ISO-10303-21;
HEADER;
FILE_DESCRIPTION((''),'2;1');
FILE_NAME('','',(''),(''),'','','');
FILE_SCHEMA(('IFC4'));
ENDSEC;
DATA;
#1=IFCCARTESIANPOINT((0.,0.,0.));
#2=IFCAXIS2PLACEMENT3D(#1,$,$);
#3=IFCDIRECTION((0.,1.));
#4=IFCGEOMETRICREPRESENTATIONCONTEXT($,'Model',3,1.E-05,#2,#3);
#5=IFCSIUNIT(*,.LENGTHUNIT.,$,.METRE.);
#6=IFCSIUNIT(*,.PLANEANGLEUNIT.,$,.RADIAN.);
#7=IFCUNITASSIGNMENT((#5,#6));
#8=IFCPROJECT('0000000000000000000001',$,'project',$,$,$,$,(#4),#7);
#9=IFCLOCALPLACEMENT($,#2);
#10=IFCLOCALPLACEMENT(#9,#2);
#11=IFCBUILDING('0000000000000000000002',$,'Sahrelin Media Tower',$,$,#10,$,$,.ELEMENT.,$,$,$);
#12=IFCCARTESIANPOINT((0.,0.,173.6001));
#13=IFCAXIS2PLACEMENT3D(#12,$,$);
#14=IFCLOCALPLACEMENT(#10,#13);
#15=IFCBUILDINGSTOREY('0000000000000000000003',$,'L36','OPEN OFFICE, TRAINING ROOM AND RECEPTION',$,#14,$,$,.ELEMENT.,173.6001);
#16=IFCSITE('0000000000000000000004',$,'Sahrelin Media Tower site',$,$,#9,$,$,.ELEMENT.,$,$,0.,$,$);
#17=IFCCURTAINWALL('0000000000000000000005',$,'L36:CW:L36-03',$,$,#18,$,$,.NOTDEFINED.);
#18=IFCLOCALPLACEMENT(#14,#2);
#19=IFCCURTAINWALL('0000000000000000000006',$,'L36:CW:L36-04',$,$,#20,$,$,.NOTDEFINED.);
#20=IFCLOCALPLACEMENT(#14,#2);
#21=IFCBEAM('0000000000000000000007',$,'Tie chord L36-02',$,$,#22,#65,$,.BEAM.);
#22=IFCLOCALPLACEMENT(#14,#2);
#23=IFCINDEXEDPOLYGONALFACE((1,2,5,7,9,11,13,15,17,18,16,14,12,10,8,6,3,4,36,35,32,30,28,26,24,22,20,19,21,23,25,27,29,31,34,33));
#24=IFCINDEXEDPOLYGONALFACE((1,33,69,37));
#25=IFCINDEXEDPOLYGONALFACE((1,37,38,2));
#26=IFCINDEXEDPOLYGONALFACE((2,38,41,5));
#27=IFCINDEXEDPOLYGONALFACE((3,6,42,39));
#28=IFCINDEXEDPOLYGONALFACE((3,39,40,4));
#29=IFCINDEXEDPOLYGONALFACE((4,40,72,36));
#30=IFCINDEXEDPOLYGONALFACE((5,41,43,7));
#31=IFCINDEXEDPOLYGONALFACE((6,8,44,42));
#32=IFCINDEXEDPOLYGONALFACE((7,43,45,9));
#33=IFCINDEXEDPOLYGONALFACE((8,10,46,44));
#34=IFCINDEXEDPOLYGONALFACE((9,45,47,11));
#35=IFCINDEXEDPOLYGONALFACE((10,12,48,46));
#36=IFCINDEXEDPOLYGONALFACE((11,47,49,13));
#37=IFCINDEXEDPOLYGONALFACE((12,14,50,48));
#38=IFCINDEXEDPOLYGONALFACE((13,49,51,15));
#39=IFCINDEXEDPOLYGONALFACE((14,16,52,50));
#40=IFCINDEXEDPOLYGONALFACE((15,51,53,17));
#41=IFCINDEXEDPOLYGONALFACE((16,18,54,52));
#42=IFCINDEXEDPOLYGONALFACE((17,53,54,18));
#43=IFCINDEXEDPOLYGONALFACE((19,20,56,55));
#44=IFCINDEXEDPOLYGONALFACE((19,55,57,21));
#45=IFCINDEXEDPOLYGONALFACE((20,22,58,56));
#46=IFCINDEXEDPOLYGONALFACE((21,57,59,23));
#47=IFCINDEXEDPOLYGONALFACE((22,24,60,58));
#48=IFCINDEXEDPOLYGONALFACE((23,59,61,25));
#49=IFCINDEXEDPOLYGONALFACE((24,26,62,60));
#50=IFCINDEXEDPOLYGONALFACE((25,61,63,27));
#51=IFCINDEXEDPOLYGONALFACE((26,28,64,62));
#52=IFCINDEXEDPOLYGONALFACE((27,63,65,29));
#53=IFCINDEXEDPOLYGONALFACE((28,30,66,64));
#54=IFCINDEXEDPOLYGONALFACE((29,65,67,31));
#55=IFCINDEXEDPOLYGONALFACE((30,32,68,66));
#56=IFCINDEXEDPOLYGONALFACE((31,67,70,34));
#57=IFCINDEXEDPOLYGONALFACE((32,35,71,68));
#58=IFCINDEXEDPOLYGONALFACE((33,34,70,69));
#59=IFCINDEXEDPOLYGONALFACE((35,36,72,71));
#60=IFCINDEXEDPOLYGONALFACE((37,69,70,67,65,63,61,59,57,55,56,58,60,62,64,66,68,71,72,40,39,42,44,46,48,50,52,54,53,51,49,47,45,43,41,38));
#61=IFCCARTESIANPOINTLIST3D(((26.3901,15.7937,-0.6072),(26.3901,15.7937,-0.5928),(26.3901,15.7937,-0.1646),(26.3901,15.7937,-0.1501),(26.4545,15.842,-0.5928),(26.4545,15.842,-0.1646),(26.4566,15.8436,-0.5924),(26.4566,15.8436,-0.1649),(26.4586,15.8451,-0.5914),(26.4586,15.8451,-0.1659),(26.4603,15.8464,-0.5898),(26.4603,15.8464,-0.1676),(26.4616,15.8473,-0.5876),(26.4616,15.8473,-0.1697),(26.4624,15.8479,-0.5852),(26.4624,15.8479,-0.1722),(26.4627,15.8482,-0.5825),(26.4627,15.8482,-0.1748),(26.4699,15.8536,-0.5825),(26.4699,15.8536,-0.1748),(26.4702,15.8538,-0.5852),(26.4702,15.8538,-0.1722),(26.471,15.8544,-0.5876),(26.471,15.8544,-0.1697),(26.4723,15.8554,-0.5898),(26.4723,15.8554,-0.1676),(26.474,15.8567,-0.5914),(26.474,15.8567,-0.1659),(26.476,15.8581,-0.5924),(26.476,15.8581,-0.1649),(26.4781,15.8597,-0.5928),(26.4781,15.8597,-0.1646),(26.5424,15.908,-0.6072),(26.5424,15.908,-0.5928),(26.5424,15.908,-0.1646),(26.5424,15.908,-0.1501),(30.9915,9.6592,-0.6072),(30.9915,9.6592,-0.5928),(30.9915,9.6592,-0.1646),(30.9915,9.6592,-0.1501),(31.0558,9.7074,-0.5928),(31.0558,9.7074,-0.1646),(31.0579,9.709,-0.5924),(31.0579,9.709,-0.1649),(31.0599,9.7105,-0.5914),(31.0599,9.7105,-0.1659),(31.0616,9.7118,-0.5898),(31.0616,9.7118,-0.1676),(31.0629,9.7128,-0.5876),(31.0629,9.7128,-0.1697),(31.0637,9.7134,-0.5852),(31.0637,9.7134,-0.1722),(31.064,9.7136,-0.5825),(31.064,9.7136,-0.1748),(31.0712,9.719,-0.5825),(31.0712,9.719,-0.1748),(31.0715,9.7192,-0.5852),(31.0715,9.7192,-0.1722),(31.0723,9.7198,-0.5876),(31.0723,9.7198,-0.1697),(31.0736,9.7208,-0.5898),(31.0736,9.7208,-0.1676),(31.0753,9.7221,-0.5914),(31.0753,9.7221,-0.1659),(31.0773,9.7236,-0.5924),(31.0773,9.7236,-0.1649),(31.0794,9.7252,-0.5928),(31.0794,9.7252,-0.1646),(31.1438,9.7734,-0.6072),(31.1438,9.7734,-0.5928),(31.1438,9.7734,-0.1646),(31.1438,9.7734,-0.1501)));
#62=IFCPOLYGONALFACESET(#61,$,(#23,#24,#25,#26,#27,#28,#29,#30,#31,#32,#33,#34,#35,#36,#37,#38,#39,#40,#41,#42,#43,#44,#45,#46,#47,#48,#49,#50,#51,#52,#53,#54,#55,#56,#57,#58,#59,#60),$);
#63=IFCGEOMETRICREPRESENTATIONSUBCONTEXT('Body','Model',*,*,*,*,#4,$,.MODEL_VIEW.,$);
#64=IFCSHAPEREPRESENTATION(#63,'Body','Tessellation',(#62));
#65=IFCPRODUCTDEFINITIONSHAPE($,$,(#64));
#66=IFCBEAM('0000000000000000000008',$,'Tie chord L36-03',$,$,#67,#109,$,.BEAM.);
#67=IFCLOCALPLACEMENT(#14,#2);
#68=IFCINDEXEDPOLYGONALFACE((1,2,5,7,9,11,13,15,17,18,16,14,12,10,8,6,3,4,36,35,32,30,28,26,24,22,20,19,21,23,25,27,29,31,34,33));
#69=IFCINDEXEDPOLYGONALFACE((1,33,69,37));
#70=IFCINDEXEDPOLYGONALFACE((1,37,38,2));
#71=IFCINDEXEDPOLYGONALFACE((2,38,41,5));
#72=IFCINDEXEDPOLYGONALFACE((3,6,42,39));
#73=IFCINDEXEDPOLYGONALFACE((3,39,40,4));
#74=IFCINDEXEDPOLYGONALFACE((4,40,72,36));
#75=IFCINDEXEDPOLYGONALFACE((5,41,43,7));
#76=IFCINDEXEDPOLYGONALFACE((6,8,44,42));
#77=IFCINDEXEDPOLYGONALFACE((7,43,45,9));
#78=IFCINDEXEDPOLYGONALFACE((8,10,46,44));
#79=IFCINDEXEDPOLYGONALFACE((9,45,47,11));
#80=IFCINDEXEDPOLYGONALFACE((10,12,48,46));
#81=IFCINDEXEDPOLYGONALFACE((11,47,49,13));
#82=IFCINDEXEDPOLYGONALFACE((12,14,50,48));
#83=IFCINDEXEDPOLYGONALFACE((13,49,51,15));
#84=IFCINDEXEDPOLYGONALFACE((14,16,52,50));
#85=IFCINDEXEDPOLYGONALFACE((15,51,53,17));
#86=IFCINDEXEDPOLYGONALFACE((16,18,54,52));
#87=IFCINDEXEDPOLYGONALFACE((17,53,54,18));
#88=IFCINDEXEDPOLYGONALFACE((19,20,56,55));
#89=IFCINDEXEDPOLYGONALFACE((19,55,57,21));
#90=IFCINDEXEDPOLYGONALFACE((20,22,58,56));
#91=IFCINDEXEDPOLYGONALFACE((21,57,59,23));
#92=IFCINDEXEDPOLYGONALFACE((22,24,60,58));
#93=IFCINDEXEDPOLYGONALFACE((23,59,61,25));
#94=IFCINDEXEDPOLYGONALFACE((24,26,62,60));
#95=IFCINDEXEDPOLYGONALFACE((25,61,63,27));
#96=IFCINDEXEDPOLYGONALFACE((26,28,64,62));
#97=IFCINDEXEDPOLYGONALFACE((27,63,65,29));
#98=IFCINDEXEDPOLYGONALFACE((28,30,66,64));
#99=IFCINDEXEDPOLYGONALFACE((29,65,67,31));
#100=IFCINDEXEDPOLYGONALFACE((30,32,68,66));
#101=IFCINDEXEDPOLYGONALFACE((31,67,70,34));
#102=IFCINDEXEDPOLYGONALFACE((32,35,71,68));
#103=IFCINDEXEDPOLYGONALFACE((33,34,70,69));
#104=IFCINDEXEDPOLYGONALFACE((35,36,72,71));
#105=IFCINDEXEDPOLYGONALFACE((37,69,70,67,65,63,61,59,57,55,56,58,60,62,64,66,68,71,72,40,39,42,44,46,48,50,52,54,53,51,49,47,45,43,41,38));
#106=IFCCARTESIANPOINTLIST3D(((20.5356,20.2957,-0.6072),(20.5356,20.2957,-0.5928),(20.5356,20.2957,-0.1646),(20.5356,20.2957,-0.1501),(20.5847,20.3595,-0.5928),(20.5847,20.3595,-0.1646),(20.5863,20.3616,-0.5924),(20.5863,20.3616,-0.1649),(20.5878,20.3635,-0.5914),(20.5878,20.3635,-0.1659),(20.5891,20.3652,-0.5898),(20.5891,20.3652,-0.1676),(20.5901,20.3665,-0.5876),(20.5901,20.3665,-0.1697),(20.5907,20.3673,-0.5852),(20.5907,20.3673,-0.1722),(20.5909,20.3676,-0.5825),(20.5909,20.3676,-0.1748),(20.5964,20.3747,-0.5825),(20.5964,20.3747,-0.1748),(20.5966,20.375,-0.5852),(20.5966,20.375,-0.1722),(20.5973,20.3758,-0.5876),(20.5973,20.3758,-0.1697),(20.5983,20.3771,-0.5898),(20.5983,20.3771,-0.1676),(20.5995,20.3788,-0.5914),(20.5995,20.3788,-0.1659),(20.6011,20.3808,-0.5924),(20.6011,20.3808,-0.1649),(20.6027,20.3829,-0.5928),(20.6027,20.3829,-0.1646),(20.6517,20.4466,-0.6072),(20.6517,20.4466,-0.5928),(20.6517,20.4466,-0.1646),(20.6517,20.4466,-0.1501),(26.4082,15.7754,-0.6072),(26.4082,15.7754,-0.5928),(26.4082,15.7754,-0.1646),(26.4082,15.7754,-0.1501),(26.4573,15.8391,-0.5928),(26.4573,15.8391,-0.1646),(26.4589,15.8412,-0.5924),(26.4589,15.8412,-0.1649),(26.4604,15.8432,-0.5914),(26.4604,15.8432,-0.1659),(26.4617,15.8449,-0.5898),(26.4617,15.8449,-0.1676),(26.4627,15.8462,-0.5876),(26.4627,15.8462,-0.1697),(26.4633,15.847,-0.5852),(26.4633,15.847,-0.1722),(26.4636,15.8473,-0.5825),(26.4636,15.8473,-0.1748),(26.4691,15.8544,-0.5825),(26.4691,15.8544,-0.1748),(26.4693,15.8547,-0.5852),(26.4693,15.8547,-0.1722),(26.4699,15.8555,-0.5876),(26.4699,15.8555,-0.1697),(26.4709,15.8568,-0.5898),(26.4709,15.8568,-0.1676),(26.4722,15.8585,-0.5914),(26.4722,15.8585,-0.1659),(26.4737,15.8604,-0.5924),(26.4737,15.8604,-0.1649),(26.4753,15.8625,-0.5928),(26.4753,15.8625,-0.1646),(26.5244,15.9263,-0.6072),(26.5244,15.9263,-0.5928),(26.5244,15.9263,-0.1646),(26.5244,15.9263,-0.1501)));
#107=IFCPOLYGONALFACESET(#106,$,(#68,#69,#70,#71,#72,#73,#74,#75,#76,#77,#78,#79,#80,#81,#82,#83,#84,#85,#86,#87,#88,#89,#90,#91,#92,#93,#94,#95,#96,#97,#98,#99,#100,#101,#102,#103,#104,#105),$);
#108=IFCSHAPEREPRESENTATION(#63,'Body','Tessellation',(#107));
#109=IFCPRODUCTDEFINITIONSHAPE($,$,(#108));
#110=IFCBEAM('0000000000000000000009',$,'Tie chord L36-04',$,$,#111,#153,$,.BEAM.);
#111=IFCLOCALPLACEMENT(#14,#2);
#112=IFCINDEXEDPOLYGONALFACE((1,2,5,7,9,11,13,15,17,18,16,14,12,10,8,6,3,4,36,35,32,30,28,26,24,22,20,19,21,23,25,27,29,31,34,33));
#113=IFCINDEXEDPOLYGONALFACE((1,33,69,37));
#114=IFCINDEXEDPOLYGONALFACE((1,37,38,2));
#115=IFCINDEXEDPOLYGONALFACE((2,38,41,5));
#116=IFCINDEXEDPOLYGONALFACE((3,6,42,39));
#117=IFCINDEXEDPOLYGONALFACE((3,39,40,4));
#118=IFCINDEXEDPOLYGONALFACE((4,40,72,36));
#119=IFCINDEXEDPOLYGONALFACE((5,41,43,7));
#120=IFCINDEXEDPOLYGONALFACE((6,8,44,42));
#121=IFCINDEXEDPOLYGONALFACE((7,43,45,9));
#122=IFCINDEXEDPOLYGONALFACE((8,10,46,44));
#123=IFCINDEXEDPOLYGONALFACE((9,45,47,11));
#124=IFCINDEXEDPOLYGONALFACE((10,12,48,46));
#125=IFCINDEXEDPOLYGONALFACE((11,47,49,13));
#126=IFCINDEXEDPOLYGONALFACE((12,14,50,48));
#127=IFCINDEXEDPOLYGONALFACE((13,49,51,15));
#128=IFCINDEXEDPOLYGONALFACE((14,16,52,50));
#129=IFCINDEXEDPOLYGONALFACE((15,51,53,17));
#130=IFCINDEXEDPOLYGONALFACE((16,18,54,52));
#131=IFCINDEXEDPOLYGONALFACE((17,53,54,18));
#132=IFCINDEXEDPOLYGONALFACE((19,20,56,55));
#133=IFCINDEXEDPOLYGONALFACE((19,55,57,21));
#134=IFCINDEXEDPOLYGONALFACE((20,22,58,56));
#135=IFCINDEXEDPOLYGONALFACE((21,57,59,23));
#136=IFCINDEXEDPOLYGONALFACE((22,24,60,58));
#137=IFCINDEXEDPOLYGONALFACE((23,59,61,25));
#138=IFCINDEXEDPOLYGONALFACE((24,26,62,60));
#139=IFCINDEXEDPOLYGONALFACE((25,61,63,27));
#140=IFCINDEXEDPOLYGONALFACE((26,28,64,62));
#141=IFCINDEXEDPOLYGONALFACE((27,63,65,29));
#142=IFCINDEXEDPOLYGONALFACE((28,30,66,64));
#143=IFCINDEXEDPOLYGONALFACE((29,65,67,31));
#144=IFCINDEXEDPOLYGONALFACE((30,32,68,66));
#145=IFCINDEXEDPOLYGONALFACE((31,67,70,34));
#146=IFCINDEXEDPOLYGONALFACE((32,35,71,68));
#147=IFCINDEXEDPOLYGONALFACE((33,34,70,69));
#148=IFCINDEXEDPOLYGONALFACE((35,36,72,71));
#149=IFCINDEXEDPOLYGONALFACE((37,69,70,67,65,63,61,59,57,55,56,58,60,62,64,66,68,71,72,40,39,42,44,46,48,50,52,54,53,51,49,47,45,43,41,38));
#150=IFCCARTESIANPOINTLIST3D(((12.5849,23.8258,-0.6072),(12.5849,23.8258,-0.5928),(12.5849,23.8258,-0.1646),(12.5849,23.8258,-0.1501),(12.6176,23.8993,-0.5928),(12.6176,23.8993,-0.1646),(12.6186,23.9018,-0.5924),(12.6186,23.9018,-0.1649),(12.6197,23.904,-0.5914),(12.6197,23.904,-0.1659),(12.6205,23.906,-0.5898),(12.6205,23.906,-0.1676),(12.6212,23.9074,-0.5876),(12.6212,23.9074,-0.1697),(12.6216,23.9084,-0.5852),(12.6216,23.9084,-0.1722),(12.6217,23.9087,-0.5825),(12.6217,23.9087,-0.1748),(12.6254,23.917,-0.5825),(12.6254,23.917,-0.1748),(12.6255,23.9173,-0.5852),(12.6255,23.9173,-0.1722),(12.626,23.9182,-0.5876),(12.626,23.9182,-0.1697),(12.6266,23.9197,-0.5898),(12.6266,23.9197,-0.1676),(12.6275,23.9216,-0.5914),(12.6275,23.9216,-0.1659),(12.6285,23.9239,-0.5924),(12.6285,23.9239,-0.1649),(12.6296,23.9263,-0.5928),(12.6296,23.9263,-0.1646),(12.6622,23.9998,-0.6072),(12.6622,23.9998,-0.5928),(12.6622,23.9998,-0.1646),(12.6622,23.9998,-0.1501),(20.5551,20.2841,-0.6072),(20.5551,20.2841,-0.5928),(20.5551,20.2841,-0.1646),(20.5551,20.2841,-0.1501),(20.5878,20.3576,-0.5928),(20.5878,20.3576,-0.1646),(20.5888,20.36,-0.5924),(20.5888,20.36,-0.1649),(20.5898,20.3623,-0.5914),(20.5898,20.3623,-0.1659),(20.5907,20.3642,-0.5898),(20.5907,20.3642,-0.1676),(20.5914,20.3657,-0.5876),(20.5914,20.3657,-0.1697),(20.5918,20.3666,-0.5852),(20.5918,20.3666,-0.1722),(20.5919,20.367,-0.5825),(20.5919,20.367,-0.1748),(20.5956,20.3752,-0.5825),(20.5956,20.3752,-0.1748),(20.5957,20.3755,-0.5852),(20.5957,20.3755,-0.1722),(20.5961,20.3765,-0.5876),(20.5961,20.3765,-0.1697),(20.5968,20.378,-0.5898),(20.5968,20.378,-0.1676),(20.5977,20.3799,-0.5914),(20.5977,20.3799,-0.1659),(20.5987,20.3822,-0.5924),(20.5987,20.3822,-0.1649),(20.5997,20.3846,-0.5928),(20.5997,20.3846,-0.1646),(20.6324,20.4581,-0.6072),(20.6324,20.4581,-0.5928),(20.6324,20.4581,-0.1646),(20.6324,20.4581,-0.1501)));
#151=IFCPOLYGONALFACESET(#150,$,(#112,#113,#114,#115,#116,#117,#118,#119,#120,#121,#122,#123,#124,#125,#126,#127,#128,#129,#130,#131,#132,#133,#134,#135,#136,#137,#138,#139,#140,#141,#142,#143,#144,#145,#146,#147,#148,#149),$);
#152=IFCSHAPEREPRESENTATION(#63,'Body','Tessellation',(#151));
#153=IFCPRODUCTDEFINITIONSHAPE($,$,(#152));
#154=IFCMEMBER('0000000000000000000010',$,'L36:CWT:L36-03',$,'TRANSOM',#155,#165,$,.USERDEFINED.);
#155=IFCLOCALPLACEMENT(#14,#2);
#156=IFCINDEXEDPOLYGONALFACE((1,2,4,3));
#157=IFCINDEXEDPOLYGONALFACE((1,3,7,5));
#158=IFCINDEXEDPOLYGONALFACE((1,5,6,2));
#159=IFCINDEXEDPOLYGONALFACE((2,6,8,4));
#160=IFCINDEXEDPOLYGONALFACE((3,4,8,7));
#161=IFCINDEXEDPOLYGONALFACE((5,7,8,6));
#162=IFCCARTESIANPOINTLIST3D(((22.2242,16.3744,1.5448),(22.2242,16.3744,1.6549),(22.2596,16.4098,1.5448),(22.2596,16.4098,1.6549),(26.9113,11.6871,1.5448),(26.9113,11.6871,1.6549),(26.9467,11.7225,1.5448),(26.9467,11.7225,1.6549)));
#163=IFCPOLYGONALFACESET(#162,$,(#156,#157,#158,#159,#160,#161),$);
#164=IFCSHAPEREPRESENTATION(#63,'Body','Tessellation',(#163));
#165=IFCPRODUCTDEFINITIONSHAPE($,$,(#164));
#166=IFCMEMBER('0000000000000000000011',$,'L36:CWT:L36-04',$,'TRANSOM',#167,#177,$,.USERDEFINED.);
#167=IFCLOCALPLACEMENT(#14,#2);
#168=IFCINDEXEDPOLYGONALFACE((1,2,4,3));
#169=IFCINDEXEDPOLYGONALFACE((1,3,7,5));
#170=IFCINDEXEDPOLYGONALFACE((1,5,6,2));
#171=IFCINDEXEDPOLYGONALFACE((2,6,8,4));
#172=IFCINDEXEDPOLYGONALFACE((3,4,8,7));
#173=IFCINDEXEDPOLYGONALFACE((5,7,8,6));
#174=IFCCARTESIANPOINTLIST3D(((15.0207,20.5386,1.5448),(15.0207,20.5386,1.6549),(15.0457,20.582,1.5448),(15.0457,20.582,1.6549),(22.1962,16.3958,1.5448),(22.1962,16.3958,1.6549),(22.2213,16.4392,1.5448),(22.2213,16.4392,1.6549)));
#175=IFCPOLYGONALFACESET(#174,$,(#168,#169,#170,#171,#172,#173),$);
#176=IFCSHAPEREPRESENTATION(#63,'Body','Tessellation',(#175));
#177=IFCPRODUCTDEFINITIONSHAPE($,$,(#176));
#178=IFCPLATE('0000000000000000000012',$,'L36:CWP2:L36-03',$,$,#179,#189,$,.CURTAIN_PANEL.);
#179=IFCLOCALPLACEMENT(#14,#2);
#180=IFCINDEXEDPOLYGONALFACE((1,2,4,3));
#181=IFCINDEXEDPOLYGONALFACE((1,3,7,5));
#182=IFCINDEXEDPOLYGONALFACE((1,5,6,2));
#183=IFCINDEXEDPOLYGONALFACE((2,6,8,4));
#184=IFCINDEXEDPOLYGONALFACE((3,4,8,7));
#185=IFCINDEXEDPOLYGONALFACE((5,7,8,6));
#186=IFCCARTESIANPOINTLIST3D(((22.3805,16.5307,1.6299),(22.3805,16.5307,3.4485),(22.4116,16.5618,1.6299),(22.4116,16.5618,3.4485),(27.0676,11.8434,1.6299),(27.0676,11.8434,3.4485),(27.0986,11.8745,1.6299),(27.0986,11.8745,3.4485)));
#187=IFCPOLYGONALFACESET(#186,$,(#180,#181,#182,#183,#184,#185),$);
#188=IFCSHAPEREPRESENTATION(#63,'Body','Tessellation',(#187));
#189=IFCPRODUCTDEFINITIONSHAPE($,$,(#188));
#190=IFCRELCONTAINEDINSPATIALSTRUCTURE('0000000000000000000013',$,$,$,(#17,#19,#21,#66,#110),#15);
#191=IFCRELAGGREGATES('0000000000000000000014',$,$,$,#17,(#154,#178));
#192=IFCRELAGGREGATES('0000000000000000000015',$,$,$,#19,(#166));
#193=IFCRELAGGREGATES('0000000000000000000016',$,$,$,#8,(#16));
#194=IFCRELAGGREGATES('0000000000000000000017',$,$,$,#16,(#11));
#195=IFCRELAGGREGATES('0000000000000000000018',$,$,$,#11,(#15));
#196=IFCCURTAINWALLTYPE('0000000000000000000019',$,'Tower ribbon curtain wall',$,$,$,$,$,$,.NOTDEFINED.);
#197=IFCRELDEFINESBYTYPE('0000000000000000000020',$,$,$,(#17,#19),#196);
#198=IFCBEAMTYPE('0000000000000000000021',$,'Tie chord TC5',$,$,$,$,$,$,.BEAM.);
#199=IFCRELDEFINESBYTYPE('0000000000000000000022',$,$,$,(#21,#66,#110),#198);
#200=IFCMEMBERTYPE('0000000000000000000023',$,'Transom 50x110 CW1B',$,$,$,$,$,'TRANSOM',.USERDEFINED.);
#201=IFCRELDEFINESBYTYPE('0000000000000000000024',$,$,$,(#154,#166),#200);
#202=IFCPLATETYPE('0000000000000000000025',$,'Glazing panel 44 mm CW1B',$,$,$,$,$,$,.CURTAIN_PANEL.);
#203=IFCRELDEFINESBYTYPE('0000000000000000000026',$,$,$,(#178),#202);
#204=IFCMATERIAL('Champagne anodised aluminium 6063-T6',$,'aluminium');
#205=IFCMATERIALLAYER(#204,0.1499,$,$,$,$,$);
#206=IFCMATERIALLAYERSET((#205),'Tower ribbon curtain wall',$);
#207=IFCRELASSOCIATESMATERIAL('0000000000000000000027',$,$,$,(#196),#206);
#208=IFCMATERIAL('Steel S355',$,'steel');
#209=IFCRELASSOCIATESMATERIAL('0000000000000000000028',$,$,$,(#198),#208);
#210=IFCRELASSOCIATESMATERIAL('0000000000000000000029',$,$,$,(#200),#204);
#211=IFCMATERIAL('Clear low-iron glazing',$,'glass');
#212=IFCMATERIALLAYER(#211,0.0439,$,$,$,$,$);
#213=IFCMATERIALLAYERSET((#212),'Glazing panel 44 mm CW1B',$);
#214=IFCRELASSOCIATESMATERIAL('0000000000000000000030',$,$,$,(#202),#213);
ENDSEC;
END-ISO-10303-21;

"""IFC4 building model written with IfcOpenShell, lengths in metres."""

from ifc_helpers import new_model, si_unit, direction, frame, origin, origin_2d, place, context, subcontext, project, spatial, polyline, rectangle, i_section, outline, extrude, material, layer, layer_set, material_profile, profile_set, type_object, element, aggregate, save


model = new_model("IFC4")

# Units and contexts
model_context = context("Model", 3, precision=1e-05, world=origin(), true_north=direction((0.0, 1.0)))
body_context = subcontext(model_context, "Body", "Model", "MODEL_VIEW")
ifc_project = project(units=[si_unit("LENGTHUNIT", "METRE"), si_unit("PLANEANGLEUNIT", "RADIAN")], contexts=[model_context])

# Site, building, storey
site_placement = place(None, origin())
site = spatial("IfcSite", under=ifc_project, at=site_placement, Name="Sahrelin Media Tower site", CompositionType="ELEMENT", RefElevation=0.0)
building_placement = place(site_placement, origin())
building = spatial("IfcBuilding", under=site, at=building_placement, Name="Sahrelin Media Tower", CompositionType="ELEMENT")
storey_placement = place(building_placement, frame((0.0, 0.0, 173.6001)))
storey = spatial("IfcBuildingStorey", under=building, at=storey_placement, Name="L36", Description="OPEN OFFICE, TRAINING ROOM AND RECEPTION", CompositionType="ELEMENT", Elevation=173.6001)

# Shared definitions
ifc_material_1 = material(Name="Steel S355", Category="steel")

# Curtain walls
ifc_material_2 = material(Name="Champagne anodised aluminium 6063-T6", Category="aluminium")
ifc_layer_1 = layer(ifc_material_2, 0.1499)
ifc_layer_set_1 = layer_set([ifc_layer_1], Name="Tower ribbon curtain wall")
curtain_wall_type = type_object("IfcCurtainWallType", Name="Tower ribbon curtain wall", PredefinedType="NOTDEFINED", material=ifc_layer_set_1)
curtain_wall_1_placement = place(storey_placement, frame((24.741, 14.2041, 0.0), z_axis=(0.0, 0.0, 1.0), x_axis=(1.0, 0.0, 0.0)))
curtain_wall_1 = element("IfcCurtainWall", 1, at=curtain_wall_1_placement, inside=storey, type_object=curtain_wall_type, Name="L36:CW:L36-03", PredefinedType="NOTDEFINED")
curtain_wall_2_placement = place(storey_placement, frame((18.731, 18.6792, 0.0), z_axis=(0.0, 0.0, 1.0), x_axis=(1.0, 0.0, 0.0)))
curtain_wall_2 = element("IfcCurtainWall", 2, at=curtain_wall_2_placement, inside=storey, type_object=curtain_wall_type, Name="L36:CW:L36-04", PredefinedType="NOTDEFINED")

# Beams
ifc_material_profile_1 = material_profile(ifc_material_1, i_section(OverallWidth=0.1904, OverallDepth=0.457, WebThickness=0.009, FlangeThickness=0.0144, FilletRadius=0.0103, at=origin_2d()), Name="UB 457x191x74")
ifc_profile_set_1 = profile_set([ifc_material_profile_1], Name="Steel S355")
beam_type_1 = type_object("IfcBeamType", Name="Tie chord TC5", PredefinedType="BEAM", material=ifc_profile_set_1)
beam_1_placement = place(storey_placement, frame((31.0676, 9.7163, -0.3787), z_axis=(-0.600036, 0.799973, 0.0), x_axis=(-0.799973, -0.600036, 0.0)))
element("IfcBeam", 3, at=beam_1_placement, inside=storey, type_object=beam_type_1, Name="Tie chord L36-02", PredefinedType="BEAM", context=body_context, shape_type="SweptSolid", body=[
    extrude(i_section(OverallWidth=0.1904, OverallDepth=0.457, WebThickness=0.009, FlangeThickness=0.0144, FilletRadius=0.0103, at=origin_2d()), origin(), (0.0, 0.0, 1.0), 7.6685),
])
beam_2_placement = place(storey_placement, frame((26.4663, 15.8508, -0.3787), z_axis=(-0.792434, 0.609958, 0.0), x_axis=(-0.609958, -0.792434, 0.0)))
element("IfcBeam", 4, at=beam_2_placement, inside=storey, type_object=beam_type_1, Name="Tie chord L36-03", PredefinedType="BEAM", context=body_context, shape_type="SweptSolid", body=[
    extrude(i_section(OverallWidth=0.1904, OverallDepth=0.457, WebThickness=0.009, FlangeThickness=0.0144, FilletRadius=0.0103, at=origin_2d()), origin(), (0.0, 0.0, 1.0), 7.4109),
])
beam_3_placement = place(storey_placement, frame((20.5938, 20.3711, -0.3787), z_axis=(-0.913836, 0.406084, 0.0), x_axis=(-0.406084, -0.913836, 0.0)))
element("IfcBeam", 5, at=beam_3_placement, inside=storey, type_object=beam_type_1, Name="Tie chord L36-04", PredefinedType="BEAM", context=body_context, shape_type="SweptSolid", body=[
    extrude(i_section(OverallWidth=0.1904, OverallDepth=0.457, WebThickness=0.009, FlangeThickness=0.0144, FilletRadius=0.0103, at=origin_2d()), origin(), (0.0, 0.0, 1.0), 8.7217),
])

# Members
ifc_material_profile_2 = material_profile(ifc_material_2, rectangle(XDim=0.05, YDim=0.1101, at=origin_2d()), Name="Transom 50x110")
ifc_profile_set_2 = profile_set([ifc_material_profile_2], Name="Champagne anodised aluminium 6063-T6")
member_type_1 = type_object("IfcMemberType", Name="Transom 50x110 CW1B", ElementType="TRANSOM", PredefinedType="USERDEFINED", material=ifc_profile_set_2)
member_1_placement = place(storey_placement, frame((26.929, 11.7048, 1.5999), z_axis=(-0.707088, 0.707125, 0.0), x_axis=(-0.707125, -0.707088, 0.0)))
member_1 = element("IfcMember", 6, at=member_1_placement, type_object=member_type_1, Name="L36:CWT:L36-03", ObjectType="TRANSOM", PredefinedType="USERDEFINED", context=body_context, shape_type="SweptSolid", body=[
    extrude(rectangle(XDim=0.05, YDim=0.1101, at=origin_2d()), origin(), (0.0, 0.0, 1.0), 6.6287),
])
member_2_placement = place(storey_placement, frame((22.2087, 16.4175, 1.5999), z_axis=(-0.866024, 0.500002, 0.0), x_axis=(-0.500002, -0.866024, 0.0)))
member_2 = element("IfcMember", 7, at=member_2_placement, type_object=member_type_1, Name="L36:CWT:L36-04", ObjectType="TRANSOM", PredefinedType="USERDEFINED", context=body_context, shape_type="SweptSolid", body=[
    extrude(rectangle(XDim=0.05, YDim=0.1101, at=origin_2d()), origin(), (0.0, 0.0, 1.0), 8.2856),
])

# Plate
ifc_material_3 = material(Name="Clear low-iron glazing", Category="glass")
ifc_layer_2 = layer(ifc_material_3, 0.0439)
ifc_layer_set_2 = layer_set([ifc_layer_2], Name="Glazing panel 44 mm CW1B")
plate_type_1 = type_object("IfcPlateType", Name="Glazing panel 44 mm CW1B", PredefinedType="CURTAIN_PANEL", material=ifc_layer_set_2)
plate_1_placement = place(storey_placement, frame((27.0986, 11.8745, 1.6299), z_axis=(0.707125, 0.707088, 0.0), x_axis=(-0.707088, 0.707125, 0.0)))
plate_1 = element("IfcPlate", 8, at=plate_1_placement, type_object=plate_type_1, Name="L36:CWP2:L36-03", PredefinedType="CURTAIN_PANEL", context=body_context, shape_type="SweptSolid", body=[
    extrude(outline(polyline([(0.0, 0.0), (6.6287, 0.0), (6.6287, 1.8186), (0.0, 1.8186), (0.0, 0.0)])), origin(), (0.0, 0.0, -1.0), 0.0439),
])

aggregate(curtain_wall_1, [member_1, plate_1])
aggregate(curtain_wall_2, [member_2])

save(model, "model.ifc")
